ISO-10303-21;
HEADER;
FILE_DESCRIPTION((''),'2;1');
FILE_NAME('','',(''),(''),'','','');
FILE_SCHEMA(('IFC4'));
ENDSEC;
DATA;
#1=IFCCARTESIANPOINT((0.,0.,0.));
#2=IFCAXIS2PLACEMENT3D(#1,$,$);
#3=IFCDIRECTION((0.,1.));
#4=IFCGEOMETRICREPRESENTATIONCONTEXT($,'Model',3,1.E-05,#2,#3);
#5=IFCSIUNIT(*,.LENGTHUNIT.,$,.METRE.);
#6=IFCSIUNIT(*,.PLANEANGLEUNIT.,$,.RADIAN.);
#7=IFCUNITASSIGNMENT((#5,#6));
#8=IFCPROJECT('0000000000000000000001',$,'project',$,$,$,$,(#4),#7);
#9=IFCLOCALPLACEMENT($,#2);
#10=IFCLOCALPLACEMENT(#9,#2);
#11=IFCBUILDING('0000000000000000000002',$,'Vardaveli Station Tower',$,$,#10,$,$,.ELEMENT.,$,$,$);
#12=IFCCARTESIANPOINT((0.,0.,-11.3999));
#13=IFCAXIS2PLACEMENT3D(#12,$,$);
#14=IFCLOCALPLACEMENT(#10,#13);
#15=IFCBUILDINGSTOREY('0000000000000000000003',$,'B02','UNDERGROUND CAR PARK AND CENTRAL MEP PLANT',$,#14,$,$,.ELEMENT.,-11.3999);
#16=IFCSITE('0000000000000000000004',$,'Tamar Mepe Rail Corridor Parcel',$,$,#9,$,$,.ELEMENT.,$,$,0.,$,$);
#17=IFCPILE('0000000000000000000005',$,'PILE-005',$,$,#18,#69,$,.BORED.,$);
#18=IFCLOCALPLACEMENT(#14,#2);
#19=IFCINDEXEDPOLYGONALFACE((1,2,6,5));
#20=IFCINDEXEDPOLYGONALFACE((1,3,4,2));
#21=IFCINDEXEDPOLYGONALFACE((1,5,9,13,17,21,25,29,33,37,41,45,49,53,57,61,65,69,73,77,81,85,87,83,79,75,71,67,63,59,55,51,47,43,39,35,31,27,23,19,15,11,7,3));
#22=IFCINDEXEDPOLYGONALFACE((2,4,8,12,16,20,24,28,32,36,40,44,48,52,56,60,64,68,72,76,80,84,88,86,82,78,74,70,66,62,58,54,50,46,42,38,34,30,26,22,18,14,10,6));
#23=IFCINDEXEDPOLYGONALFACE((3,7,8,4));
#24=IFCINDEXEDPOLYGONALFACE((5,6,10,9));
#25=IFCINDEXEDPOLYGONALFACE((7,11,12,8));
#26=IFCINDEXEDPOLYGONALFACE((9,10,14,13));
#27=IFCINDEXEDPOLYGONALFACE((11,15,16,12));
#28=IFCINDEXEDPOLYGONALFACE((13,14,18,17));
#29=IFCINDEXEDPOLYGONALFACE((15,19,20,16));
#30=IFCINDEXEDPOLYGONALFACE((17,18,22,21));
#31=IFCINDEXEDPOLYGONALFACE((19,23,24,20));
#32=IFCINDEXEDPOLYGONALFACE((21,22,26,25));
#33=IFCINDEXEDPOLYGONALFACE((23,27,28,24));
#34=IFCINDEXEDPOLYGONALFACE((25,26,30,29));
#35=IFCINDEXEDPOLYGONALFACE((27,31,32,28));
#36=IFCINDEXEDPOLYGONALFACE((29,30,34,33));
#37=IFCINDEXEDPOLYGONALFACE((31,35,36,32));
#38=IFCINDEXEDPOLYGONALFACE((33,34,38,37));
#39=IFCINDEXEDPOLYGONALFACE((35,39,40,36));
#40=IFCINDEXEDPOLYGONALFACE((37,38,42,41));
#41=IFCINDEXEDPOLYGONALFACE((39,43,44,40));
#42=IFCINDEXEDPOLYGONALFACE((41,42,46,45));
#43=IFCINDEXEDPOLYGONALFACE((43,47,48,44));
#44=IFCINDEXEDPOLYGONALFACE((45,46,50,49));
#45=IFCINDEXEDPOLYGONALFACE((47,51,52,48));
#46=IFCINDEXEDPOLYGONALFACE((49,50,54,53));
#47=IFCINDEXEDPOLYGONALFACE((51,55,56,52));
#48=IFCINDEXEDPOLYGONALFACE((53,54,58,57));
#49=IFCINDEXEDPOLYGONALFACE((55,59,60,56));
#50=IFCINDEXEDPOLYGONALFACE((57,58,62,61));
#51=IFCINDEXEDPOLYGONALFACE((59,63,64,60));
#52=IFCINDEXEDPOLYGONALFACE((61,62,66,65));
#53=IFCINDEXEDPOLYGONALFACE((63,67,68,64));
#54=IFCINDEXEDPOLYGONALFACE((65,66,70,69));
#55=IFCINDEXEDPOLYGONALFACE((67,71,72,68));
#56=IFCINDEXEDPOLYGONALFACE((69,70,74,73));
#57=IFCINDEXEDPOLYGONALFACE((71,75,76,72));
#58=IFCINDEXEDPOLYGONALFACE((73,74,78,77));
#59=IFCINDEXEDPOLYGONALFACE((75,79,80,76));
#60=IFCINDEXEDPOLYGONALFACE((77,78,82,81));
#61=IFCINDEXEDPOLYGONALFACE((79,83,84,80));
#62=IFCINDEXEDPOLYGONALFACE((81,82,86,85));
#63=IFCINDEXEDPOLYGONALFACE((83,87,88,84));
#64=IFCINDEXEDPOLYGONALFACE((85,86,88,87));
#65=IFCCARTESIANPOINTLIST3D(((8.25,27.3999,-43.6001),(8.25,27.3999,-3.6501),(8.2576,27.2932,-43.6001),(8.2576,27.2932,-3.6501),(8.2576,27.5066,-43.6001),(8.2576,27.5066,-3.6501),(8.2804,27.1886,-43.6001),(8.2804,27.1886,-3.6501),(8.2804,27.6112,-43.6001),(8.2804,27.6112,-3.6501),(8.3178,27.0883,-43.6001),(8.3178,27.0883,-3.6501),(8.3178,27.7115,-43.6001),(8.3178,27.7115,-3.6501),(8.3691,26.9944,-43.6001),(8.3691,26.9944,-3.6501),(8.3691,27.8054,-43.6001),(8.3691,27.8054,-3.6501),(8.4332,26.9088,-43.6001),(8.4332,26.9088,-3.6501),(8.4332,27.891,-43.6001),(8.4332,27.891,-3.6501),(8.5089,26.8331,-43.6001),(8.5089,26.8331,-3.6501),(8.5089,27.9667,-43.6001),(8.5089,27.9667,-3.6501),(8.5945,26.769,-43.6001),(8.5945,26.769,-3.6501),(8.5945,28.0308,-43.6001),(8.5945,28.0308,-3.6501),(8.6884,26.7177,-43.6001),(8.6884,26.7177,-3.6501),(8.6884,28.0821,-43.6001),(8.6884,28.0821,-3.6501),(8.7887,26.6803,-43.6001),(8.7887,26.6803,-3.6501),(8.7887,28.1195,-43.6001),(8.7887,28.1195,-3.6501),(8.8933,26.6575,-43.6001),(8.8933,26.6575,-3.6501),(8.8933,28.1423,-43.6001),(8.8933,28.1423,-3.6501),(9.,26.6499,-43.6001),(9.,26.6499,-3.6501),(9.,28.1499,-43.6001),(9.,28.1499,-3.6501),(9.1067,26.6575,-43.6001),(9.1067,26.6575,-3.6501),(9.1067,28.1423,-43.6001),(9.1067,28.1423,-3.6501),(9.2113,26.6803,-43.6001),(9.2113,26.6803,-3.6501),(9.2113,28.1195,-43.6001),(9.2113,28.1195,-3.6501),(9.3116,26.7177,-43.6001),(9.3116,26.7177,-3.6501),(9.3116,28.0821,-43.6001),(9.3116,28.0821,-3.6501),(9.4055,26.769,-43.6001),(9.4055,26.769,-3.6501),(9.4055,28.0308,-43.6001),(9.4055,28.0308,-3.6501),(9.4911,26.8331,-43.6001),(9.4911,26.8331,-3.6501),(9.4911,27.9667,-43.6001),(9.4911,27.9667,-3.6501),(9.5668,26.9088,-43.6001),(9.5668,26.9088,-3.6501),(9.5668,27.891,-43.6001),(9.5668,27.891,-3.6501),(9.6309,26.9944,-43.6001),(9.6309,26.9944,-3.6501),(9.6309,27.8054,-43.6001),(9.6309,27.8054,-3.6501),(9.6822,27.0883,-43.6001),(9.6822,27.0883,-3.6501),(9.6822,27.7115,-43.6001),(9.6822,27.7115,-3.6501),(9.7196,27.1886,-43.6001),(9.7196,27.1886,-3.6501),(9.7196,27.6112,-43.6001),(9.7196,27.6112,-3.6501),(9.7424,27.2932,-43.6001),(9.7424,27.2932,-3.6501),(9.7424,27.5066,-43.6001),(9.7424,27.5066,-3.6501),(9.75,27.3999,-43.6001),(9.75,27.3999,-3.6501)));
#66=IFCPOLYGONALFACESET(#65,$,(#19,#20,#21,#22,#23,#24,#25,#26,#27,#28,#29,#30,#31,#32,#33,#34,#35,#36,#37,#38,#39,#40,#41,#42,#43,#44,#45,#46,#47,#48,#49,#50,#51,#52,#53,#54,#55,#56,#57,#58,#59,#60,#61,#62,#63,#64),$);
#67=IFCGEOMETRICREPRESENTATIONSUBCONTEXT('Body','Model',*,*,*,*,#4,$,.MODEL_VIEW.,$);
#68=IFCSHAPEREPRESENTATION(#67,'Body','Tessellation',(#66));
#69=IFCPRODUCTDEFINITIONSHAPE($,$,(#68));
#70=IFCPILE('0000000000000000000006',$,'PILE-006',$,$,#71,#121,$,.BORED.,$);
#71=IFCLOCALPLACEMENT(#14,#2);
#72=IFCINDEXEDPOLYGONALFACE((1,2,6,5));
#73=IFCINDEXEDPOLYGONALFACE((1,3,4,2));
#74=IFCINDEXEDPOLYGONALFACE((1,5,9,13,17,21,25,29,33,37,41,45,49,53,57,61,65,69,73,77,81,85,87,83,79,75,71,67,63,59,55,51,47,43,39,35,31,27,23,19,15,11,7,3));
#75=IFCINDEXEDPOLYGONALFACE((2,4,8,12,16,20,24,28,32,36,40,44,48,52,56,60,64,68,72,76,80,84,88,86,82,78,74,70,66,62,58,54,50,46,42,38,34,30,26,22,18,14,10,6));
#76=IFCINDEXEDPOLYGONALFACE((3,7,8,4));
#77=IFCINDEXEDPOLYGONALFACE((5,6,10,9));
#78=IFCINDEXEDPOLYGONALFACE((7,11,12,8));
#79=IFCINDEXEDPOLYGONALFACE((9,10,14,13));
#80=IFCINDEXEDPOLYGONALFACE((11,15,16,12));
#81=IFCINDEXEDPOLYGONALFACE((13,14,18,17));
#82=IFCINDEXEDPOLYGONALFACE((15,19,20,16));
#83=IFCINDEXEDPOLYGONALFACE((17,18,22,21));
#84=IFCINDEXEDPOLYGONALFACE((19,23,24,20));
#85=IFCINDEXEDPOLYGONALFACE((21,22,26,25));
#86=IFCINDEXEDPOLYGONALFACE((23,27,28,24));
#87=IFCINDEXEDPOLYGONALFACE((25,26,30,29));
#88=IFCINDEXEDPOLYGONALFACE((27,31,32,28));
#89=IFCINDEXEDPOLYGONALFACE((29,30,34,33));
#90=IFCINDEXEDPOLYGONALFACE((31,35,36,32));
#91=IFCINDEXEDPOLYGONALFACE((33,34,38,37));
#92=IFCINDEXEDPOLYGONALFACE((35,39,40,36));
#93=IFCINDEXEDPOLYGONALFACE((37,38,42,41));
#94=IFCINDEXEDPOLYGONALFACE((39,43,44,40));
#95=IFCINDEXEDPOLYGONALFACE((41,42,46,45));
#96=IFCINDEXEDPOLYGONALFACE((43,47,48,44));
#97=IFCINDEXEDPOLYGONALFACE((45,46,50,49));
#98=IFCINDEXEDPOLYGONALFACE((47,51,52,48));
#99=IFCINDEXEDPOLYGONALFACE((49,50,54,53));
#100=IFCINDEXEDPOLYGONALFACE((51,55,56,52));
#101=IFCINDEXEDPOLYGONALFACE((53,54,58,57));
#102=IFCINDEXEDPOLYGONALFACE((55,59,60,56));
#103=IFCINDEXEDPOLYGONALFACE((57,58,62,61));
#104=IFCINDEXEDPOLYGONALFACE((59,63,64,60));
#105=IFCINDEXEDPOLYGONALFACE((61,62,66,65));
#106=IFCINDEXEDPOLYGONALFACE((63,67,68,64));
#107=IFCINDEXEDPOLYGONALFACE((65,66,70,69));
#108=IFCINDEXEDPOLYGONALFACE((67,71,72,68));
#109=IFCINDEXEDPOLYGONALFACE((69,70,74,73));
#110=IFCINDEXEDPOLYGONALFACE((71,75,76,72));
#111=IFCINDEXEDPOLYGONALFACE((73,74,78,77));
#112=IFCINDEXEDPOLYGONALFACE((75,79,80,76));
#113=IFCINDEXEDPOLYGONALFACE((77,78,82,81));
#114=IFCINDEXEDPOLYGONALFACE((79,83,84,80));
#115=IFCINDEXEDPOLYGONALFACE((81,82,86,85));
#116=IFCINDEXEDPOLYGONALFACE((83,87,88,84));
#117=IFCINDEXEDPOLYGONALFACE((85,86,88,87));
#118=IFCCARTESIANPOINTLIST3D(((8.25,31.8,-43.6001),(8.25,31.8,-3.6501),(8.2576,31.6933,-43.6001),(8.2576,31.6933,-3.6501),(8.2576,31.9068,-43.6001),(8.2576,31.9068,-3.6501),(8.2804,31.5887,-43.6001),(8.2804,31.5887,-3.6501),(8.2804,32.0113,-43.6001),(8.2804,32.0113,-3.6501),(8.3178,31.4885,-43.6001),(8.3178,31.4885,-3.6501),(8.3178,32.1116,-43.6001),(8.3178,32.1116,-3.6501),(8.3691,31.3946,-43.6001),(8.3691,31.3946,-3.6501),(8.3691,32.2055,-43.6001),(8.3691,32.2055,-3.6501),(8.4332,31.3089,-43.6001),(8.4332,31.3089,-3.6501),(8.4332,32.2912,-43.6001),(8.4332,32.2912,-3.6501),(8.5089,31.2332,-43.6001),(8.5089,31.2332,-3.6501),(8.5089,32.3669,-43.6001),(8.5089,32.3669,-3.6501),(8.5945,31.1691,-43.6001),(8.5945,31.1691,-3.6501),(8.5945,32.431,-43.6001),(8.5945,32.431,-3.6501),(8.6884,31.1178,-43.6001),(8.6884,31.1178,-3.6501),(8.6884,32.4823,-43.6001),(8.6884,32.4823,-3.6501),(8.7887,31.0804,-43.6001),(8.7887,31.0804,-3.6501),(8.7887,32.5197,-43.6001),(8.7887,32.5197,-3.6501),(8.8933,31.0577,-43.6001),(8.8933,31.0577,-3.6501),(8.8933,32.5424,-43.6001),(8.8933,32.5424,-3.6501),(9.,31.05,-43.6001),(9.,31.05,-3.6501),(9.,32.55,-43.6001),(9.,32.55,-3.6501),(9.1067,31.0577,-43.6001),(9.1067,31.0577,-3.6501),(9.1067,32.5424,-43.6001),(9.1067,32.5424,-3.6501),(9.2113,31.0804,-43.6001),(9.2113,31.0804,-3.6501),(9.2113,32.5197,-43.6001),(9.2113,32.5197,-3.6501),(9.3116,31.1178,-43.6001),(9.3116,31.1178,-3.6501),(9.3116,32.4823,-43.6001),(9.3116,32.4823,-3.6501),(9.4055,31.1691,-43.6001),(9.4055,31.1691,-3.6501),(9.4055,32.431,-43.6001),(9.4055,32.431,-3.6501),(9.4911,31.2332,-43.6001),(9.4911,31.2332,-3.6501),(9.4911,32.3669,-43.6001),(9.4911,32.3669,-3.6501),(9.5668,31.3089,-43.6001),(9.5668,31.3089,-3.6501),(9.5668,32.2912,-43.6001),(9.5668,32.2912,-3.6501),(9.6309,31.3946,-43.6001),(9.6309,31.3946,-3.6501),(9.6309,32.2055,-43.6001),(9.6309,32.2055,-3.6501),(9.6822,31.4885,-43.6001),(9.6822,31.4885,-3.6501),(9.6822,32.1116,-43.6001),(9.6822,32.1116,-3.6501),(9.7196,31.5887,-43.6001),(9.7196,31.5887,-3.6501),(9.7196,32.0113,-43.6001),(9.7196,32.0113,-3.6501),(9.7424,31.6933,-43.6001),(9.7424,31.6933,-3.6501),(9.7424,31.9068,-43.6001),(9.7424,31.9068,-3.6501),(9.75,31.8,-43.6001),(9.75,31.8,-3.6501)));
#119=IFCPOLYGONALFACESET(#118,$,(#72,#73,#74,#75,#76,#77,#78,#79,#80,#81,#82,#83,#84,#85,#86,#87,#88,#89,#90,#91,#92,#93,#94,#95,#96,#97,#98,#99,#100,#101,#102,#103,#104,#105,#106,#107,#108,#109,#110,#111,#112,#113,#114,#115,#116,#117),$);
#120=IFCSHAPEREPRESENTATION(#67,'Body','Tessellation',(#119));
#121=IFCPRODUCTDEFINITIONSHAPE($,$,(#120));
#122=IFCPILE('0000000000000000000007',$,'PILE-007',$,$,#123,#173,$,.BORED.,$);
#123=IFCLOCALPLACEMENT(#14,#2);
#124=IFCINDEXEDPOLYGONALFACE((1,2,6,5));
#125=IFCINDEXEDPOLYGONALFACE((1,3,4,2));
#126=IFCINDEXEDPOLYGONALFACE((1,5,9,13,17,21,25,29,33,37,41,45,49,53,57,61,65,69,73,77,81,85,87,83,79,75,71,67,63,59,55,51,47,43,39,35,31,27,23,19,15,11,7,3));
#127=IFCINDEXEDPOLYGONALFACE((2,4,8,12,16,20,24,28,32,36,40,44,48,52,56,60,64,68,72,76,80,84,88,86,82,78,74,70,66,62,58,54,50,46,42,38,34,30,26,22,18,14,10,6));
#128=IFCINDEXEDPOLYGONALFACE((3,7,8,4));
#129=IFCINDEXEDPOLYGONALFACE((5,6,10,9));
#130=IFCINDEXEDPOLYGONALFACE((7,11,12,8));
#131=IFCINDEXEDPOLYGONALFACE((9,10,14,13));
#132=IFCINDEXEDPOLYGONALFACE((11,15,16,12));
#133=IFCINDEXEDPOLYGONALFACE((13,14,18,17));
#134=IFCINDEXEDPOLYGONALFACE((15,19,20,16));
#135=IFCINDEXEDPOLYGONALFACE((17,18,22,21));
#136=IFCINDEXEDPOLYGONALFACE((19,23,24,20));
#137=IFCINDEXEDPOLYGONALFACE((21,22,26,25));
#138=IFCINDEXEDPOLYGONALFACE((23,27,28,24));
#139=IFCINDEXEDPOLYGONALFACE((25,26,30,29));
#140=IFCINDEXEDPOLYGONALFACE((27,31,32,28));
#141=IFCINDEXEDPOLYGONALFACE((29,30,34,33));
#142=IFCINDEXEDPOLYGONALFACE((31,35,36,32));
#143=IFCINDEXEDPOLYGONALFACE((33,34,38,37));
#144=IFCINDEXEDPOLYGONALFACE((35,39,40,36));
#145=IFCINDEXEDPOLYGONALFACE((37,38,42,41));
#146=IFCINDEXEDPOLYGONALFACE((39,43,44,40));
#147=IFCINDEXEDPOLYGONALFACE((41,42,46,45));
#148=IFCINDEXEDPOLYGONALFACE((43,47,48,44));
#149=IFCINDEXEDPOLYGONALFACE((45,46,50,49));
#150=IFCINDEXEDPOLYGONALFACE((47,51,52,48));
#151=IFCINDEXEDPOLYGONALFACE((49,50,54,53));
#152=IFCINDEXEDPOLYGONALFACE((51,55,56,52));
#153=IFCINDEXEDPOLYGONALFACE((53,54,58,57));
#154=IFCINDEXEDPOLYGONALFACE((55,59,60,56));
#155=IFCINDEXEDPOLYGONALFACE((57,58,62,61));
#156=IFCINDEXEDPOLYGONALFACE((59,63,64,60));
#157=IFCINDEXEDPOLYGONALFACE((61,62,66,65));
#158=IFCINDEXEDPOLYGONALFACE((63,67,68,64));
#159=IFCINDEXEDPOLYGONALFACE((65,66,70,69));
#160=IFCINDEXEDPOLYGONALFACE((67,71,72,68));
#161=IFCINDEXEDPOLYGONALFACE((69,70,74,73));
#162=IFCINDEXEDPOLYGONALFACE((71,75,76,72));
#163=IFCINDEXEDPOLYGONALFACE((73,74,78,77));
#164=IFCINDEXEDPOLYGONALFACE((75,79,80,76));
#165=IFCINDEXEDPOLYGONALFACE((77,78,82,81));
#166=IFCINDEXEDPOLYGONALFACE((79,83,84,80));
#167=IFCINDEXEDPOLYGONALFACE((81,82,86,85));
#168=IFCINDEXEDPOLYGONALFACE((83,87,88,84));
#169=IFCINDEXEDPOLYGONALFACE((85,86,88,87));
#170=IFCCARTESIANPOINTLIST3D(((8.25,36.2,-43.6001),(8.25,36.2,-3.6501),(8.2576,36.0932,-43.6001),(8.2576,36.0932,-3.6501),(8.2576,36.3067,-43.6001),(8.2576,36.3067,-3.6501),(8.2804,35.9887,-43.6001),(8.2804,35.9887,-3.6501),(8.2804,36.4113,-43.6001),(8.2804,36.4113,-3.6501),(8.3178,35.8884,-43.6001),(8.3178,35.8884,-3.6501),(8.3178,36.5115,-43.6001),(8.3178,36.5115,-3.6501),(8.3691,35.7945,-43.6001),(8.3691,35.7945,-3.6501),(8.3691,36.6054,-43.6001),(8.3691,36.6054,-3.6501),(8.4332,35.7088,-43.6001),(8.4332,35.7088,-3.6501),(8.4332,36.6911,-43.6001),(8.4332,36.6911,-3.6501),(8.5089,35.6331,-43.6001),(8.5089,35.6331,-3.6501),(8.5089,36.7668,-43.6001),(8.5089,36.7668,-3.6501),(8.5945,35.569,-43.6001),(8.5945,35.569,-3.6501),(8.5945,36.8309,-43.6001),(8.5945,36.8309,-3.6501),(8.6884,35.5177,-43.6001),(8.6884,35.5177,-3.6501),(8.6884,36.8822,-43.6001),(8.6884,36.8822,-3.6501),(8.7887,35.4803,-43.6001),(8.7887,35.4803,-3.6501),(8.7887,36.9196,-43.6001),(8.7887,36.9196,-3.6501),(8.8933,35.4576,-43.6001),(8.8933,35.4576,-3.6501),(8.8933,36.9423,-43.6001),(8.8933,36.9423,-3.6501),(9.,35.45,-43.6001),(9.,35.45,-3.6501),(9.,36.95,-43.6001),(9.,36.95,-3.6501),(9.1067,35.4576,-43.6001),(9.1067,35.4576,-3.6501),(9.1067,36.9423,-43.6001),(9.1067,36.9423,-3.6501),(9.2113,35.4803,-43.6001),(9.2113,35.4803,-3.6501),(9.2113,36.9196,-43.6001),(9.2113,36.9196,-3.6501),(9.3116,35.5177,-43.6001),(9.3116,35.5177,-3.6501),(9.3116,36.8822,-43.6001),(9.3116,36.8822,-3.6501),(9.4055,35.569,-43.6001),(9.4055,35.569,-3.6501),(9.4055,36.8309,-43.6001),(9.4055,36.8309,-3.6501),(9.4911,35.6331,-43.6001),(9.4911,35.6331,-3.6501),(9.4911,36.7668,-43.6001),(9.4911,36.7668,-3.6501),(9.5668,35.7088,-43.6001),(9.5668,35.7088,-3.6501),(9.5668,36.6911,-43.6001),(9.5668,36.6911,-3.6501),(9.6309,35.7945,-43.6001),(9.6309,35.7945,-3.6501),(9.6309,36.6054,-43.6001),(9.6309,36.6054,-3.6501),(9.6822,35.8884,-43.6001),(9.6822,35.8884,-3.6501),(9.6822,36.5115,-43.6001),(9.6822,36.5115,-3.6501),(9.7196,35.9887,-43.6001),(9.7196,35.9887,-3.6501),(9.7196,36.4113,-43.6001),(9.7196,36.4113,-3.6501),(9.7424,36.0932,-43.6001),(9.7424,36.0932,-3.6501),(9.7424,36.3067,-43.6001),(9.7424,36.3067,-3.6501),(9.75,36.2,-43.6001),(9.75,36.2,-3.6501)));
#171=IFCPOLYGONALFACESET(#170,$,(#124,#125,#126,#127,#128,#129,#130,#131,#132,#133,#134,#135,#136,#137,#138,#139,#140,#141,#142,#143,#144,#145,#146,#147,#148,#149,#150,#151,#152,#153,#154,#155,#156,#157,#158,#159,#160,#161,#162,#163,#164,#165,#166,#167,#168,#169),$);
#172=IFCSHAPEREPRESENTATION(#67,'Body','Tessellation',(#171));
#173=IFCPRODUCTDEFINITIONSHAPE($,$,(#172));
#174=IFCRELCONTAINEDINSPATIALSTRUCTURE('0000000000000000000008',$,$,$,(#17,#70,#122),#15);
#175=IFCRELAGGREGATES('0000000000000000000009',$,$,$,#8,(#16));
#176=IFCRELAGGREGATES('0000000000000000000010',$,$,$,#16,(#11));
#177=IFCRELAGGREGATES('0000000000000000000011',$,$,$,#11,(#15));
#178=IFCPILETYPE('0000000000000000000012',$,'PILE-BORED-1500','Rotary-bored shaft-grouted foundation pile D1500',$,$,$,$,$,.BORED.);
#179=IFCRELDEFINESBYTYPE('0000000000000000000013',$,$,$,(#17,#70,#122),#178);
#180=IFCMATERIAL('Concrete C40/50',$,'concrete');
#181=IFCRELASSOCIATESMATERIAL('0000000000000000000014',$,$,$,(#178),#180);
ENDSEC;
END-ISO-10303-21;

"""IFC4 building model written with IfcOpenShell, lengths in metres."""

from ifc_helpers import new_model, si_unit, direction, frame, origin, origin_2d, place, context, subcontext, project, spatial, circle, extrude, source, transform, mapped, material, material_profile, profile_set, type_object, element, save


model = new_model("IFC4")

# Units and contexts
model_context = context("Model", 3, precision=1e-05, world=origin(), true_north=direction((0.0, 1.0)))
body_context = subcontext(model_context, "Body", "Model", "MODEL_VIEW")
ifc_project = project(units=[si_unit("LENGTHUNIT", "METRE"), si_unit("PLANEANGLEUNIT", "RADIAN")], contexts=[model_context])

# Site, building, storey
site_placement = place(None, origin())
site = spatial("IfcSite", under=ifc_project, at=site_placement, Name="Tamar Mepe Rail Corridor Parcel", CompositionType="ELEMENT", RefElevation=0.0)
building_placement = place(site_placement, origin())
building = spatial("IfcBuilding", under=site, at=building_placement, Name="Vardaveli Station Tower", CompositionType="ELEMENT")
storey_placement = place(building_placement, frame((0.0, 0.0, -11.3999)))
storey = spatial("IfcBuildingStorey", under=building, at=storey_placement, Name="B02", Description="UNDERGROUND CAR PARK AND CENTRAL MEP PLANT", CompositionType="ELEMENT", Elevation=-11.3999)

# Piles
ifc_material_1 = material(Name="Concrete C40/50", Category="concrete")
ifc_material_profile_1 = material_profile(ifc_material_1, circle(Radius=0.75, at=origin_2d()), Name="PILE D1500")
ifc_profile_set_1 = profile_set([ifc_material_profile_1], Name="Concrete C40/50")
pile_type_1 = type_object("IfcPileType", Name="PILE-BORED-1500", Description="Rotary-bored shaft-grouted foundation pile D1500", PredefinedType="BORED", material=ifc_profile_set_1)
shared_shape_1 = source(origin(), body_context, "Body", "SweptSolid", [
    extrude(circle(Radius=0.75, at=origin_2d()), origin(), (0.0, 0.0, 1.0), 39.95),
])
for number, where, z_axis, x_axis, name in (
    (1, (9.0, 27.3999, -3.6501), (0.0, 0.0, -1.0), (1.0, 0.0, 0.0), "PILE-005"),
    (2, (9.0, 31.8, -3.6501), (0.0, 0.0, -1.0), (1.0, 0.0, 0.0), "PILE-006"),
    (3, (9.0, 36.2, -3.6501), (0.0, 0.0, -1.0), (1.0, 0.0, 0.0), "PILE-007"),
):
    element("IfcPile", number, at=place(storey_placement, frame(where, z_axis=z_axis, x_axis=x_axis)), inside=storey, type_object=pile_type_1, Name=name, PredefinedType="BORED", context=body_context, shape_type="MappedRepresentation", body=[
        mapped(shared_shape_1, transform((0.0, 0.0, 0.0), scale=1.0)),
    ])

save(model, "model.ifc")
